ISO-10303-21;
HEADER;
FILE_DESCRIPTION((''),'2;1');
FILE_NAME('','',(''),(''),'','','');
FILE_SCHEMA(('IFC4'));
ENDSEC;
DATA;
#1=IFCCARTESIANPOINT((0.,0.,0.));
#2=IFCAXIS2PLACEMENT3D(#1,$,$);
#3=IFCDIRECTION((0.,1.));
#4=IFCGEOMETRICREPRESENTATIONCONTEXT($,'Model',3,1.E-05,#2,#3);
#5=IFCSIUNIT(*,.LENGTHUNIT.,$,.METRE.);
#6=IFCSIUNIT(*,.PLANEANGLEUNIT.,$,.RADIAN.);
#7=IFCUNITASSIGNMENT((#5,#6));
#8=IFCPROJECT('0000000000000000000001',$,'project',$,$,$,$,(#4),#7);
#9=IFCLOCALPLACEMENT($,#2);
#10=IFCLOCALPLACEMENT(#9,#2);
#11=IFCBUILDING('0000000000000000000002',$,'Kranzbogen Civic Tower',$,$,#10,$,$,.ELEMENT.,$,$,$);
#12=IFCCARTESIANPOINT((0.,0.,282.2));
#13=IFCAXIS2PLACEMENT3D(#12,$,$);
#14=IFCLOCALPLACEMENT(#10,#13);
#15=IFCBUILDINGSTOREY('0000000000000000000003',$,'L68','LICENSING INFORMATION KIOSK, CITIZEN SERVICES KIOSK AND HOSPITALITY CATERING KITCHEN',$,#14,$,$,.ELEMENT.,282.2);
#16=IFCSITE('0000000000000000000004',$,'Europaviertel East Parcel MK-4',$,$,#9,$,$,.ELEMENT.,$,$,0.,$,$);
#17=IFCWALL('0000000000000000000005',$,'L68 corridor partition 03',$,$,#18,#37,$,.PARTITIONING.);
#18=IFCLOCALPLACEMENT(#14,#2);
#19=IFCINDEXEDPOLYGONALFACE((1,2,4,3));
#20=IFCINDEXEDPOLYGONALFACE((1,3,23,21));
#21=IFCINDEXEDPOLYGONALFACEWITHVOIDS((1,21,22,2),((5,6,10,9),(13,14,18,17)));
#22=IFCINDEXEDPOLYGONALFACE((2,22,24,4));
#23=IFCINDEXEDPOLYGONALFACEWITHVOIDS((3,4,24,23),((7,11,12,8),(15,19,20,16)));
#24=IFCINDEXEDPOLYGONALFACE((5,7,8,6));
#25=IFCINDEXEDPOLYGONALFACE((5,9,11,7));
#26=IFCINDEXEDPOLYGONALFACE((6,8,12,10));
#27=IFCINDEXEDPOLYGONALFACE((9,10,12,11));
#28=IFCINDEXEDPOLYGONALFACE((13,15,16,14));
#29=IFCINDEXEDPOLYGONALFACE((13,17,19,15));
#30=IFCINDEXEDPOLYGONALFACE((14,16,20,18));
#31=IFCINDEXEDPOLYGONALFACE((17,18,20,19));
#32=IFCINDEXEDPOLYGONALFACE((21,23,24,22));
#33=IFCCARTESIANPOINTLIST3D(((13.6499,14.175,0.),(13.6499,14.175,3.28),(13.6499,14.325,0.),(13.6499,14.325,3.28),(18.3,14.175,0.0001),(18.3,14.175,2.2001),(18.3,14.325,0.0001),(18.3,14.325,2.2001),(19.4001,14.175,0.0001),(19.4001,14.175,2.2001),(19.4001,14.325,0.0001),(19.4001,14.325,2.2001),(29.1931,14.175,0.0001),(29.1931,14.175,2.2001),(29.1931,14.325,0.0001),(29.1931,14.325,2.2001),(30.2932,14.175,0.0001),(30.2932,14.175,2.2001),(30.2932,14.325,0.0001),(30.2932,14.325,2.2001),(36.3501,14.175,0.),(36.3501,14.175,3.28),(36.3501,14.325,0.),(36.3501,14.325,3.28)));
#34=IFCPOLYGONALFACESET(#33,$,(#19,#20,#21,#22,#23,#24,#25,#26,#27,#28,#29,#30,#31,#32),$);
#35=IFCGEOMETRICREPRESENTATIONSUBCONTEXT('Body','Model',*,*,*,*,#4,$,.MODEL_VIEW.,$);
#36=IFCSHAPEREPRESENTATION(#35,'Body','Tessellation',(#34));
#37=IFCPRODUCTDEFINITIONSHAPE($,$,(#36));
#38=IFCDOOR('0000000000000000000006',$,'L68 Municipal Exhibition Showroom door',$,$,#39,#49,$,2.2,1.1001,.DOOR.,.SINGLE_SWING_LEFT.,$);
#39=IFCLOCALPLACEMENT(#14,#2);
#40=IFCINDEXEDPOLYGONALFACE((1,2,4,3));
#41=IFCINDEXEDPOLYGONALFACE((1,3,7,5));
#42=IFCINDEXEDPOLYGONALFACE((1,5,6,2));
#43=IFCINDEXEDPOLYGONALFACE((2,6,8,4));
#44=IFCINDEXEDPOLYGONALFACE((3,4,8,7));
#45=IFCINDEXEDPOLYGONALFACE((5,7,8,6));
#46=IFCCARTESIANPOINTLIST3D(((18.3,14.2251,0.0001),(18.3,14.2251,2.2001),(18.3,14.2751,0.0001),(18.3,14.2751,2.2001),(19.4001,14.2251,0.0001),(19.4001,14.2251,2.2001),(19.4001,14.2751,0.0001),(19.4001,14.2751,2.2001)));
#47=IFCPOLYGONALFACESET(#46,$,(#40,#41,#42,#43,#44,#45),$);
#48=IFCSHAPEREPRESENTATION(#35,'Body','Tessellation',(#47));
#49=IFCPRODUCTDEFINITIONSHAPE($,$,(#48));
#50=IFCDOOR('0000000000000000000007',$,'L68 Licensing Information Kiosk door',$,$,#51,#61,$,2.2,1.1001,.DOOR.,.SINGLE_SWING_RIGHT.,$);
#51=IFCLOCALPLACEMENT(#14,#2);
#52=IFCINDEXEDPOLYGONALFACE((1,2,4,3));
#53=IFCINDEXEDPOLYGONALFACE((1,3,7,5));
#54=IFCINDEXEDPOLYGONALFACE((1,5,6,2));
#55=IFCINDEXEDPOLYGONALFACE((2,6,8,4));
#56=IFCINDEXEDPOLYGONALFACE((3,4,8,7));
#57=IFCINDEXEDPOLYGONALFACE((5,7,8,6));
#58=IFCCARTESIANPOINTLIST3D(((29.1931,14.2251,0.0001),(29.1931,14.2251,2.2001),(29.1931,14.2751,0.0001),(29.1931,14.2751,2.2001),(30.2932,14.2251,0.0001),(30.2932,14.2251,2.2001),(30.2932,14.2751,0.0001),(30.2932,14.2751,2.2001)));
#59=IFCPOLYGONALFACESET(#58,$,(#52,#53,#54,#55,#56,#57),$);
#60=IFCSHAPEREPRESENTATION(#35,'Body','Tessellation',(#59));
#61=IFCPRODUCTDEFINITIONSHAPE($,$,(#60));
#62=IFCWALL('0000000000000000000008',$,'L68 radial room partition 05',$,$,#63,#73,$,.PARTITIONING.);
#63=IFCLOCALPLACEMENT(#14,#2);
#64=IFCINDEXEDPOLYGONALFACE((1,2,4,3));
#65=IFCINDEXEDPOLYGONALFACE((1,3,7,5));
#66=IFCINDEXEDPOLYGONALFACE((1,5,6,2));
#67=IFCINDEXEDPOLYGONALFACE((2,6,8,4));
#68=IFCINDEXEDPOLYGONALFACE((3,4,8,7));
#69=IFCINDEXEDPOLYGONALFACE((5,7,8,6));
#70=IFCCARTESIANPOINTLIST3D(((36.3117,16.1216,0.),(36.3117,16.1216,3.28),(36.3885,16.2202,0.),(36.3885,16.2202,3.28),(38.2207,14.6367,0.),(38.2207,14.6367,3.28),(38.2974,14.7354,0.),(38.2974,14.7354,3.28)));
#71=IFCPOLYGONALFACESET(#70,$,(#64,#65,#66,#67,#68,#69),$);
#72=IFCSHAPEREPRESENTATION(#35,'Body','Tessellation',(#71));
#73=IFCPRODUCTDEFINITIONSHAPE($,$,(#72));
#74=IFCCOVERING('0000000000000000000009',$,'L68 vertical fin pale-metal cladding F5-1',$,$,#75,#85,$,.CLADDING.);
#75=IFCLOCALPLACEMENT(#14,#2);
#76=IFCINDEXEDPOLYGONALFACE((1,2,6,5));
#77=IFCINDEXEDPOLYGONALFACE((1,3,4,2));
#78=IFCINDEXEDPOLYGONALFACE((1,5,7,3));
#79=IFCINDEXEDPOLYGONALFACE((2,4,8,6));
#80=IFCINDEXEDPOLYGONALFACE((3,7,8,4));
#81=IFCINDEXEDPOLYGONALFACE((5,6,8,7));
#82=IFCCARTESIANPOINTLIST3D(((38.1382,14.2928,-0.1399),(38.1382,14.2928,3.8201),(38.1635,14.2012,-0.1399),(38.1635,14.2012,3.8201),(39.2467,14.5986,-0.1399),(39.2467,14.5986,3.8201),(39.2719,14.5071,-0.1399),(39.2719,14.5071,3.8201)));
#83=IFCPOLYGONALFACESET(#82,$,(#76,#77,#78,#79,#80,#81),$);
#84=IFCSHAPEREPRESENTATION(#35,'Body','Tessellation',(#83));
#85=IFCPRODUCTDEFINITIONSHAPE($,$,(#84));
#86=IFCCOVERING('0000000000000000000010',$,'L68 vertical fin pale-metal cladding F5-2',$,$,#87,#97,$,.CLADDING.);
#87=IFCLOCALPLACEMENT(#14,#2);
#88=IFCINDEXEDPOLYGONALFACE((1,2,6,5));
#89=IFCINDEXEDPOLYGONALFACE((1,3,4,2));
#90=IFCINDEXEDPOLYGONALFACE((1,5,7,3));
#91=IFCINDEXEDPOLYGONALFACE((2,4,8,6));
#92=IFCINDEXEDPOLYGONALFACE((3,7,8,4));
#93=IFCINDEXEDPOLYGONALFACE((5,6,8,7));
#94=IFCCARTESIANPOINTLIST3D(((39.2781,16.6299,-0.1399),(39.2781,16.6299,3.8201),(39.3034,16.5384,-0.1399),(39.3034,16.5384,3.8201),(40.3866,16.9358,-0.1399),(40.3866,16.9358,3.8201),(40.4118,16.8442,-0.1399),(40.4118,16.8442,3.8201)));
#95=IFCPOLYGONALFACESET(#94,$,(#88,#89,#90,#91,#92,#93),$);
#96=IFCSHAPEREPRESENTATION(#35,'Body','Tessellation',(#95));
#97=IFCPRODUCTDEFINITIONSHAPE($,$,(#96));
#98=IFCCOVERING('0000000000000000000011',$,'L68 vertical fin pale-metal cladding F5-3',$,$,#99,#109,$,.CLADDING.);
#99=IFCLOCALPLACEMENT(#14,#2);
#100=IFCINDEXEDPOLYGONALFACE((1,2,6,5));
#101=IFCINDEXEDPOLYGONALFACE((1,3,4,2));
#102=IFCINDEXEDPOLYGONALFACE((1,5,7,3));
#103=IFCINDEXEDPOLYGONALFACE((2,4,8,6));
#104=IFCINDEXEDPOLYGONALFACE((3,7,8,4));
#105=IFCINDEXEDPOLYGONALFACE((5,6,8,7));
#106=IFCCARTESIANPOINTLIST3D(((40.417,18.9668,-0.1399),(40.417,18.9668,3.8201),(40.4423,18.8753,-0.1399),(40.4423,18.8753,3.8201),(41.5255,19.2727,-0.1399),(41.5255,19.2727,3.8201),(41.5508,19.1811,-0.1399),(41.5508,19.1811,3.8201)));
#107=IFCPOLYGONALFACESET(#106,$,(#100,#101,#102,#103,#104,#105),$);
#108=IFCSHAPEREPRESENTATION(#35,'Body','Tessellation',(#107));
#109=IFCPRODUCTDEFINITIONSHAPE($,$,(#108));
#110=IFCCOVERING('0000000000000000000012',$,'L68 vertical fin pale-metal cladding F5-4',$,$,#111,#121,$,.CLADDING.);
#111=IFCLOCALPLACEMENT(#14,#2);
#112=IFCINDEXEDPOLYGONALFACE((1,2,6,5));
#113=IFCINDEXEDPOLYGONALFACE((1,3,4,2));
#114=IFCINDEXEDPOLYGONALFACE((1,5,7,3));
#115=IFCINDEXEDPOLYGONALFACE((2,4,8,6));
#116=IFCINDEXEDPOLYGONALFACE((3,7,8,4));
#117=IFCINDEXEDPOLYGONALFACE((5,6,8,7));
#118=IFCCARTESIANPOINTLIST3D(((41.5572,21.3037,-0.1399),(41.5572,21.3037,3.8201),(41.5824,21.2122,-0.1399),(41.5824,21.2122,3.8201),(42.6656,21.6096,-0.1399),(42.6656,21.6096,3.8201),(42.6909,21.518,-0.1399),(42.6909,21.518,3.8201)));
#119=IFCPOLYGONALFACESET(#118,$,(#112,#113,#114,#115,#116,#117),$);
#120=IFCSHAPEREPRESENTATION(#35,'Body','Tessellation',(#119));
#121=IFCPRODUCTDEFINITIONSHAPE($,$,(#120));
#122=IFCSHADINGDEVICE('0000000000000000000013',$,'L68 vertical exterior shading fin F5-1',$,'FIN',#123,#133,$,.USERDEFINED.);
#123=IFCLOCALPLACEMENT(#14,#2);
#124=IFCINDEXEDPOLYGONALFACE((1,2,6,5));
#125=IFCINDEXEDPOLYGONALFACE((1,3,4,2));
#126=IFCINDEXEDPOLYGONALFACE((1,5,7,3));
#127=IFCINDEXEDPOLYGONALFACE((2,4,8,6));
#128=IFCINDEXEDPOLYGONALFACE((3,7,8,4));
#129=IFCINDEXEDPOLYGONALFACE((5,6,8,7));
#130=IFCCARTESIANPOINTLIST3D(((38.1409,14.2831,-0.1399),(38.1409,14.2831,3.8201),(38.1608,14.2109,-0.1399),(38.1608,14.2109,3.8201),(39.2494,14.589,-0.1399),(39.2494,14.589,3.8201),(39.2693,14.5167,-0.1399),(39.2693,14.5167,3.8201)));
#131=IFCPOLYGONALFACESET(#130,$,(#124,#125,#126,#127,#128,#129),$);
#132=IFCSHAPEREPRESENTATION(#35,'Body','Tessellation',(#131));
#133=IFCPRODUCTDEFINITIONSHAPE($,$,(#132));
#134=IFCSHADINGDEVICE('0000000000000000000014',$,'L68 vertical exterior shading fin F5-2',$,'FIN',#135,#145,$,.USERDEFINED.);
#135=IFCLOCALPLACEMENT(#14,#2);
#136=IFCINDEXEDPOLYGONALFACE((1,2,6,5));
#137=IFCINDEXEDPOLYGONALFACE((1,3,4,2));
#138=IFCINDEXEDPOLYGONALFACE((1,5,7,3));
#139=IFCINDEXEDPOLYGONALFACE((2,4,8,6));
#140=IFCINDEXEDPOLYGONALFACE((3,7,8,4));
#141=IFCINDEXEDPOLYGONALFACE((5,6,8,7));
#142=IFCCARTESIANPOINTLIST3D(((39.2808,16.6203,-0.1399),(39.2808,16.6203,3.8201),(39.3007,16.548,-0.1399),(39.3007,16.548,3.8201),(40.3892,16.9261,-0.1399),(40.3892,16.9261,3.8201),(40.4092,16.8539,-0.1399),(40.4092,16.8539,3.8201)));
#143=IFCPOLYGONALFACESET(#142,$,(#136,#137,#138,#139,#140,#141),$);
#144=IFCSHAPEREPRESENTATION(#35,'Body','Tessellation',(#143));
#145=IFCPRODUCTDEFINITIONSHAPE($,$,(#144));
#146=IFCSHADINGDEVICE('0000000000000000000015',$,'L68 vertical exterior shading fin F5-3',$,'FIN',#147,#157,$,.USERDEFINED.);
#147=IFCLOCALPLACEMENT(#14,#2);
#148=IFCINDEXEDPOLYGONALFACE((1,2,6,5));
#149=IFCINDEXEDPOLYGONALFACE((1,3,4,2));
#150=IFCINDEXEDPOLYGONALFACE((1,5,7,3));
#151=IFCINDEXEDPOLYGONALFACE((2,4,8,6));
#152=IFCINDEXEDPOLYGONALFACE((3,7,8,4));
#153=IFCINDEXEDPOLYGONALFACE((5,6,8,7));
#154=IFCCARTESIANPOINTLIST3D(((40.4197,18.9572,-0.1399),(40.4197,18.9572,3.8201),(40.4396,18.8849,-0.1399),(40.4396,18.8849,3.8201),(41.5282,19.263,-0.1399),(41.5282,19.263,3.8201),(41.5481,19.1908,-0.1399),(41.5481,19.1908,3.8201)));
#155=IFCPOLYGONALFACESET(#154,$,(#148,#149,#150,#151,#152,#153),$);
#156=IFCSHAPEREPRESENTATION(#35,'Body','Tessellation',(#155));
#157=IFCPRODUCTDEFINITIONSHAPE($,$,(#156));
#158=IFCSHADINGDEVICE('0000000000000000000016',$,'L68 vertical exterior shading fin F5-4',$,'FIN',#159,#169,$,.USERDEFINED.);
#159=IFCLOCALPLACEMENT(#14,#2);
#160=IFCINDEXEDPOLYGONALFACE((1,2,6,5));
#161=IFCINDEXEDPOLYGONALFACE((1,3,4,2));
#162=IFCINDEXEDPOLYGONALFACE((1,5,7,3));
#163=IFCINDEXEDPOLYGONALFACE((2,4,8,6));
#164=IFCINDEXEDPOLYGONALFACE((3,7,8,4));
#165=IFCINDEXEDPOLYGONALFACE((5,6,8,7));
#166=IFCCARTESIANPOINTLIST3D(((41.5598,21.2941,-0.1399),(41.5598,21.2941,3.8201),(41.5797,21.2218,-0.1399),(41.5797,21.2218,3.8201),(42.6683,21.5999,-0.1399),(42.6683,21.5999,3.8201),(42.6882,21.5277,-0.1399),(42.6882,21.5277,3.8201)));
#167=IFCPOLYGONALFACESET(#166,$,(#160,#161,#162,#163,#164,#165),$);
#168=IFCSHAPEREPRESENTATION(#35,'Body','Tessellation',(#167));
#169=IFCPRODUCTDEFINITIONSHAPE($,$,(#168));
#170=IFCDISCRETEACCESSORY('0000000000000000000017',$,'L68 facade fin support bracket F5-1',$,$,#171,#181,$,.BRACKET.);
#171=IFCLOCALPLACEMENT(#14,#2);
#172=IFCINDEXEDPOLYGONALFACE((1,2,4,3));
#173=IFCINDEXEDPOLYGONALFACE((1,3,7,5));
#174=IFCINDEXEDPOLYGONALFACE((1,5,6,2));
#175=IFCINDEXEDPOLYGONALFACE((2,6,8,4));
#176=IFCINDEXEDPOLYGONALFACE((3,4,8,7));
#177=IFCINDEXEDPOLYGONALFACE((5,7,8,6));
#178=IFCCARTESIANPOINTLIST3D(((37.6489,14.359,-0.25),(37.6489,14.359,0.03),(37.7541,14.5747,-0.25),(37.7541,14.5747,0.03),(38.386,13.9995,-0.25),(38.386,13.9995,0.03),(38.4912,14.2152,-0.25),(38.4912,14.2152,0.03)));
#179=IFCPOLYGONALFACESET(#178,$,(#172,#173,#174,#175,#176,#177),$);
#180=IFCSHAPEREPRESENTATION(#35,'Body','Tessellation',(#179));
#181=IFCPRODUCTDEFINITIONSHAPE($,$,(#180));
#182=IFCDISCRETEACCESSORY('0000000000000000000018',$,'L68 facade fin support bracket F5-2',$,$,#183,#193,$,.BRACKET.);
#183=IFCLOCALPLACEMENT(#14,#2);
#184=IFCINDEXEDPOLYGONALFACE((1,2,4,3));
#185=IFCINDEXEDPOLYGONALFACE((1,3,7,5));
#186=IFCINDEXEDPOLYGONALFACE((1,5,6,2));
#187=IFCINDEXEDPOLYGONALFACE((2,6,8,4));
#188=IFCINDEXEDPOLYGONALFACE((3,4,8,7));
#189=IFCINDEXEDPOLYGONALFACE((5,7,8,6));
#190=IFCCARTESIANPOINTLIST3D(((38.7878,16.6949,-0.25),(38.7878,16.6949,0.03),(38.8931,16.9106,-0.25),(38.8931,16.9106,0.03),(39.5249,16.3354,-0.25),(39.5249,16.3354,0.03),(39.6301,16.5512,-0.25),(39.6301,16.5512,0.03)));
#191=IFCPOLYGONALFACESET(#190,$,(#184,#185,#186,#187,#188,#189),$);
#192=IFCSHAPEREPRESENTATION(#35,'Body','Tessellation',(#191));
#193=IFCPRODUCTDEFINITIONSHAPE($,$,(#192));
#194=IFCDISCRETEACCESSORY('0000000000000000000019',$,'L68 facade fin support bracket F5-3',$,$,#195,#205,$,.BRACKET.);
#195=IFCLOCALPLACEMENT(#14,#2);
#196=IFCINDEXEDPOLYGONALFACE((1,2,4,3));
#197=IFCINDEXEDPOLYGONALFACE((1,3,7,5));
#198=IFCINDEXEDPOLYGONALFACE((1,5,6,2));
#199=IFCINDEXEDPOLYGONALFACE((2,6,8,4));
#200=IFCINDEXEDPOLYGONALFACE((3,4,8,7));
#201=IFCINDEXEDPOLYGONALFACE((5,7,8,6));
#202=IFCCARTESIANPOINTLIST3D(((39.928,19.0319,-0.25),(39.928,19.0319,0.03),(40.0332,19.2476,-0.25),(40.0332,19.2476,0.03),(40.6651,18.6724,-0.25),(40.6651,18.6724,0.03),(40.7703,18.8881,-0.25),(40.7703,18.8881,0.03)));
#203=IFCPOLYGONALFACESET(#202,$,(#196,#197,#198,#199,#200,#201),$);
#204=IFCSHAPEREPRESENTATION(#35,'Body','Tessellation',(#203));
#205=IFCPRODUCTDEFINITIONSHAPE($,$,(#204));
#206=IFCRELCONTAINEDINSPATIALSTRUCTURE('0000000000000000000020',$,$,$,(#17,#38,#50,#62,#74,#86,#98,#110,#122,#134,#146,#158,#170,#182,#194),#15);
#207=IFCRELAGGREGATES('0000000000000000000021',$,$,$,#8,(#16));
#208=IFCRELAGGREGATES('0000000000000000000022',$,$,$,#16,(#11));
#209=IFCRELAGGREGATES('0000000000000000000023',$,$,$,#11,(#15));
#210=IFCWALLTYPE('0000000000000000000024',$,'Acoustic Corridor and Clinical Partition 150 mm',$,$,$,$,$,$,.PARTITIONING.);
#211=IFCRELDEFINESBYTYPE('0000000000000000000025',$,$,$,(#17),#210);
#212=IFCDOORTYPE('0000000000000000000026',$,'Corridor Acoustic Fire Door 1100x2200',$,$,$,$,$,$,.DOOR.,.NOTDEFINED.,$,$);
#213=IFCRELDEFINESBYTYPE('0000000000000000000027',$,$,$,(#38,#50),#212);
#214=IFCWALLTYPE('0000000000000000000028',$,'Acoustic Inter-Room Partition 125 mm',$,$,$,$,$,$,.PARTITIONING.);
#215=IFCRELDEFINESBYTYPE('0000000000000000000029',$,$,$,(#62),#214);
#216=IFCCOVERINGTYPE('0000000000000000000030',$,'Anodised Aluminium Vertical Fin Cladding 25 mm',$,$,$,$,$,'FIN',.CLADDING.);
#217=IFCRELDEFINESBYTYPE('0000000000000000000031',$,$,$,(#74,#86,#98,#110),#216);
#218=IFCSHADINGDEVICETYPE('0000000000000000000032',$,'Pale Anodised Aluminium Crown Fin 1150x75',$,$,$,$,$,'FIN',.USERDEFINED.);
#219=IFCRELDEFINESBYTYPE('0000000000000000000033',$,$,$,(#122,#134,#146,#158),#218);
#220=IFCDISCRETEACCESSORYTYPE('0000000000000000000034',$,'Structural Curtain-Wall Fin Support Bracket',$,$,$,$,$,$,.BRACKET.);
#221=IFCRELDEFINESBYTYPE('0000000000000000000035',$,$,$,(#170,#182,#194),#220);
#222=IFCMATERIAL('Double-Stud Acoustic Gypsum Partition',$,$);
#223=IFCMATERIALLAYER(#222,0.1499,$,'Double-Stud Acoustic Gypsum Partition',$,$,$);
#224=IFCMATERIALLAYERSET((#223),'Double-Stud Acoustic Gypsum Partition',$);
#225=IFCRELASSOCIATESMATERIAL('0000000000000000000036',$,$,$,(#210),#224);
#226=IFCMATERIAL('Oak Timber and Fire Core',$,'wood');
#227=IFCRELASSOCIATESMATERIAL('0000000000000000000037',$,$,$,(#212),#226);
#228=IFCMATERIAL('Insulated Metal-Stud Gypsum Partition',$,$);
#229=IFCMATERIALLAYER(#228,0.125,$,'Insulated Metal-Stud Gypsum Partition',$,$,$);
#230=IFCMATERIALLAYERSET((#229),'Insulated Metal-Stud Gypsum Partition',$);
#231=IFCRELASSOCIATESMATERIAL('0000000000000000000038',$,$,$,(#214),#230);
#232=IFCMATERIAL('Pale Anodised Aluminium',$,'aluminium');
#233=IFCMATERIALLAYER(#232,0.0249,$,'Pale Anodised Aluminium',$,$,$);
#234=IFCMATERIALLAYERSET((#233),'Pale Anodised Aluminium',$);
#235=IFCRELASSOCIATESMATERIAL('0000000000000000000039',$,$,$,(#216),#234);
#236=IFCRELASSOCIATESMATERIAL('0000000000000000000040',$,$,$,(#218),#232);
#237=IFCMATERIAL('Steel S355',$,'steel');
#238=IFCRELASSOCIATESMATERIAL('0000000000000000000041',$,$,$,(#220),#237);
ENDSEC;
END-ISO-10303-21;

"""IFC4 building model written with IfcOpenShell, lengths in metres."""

from ifc_helpers import new_model, si_unit, direction, frame, frame_2d, origin, origin_2d, place, context, subcontext, project, spatial, rectangle, extrude, material, layer, layer_set, type_object, element, fill, save


model = new_model("IFC4")

# Units and contexts
model_context = context("Model", 3, precision=1e-05, world=origin(), true_north=direction((0.0, 1.0)))
body_context = subcontext(model_context, "Body", "Model", "MODEL_VIEW")
ifc_project = project(units=[si_unit("LENGTHUNIT", "METRE"), si_unit("PLANEANGLEUNIT", "RADIAN")], contexts=[model_context])

# Site, building, storey
site_placement = place(None, origin())
site = spatial("IfcSite", under=ifc_project, at=site_placement, Name="Europaviertel East Parcel MK-4", CompositionType="ELEMENT", RefElevation=0.0)
building_placement = place(site_placement, origin())
building = spatial("IfcBuilding", under=site, at=building_placement, Name="Kranzbogen Civic Tower", CompositionType="ELEMENT")
storey_placement = place(building_placement, frame((0.0, 0.0, 282.2)))
storey = spatial("IfcBuildingStorey", under=building, at=storey_placement, Name="L68", Description="LICENSING INFORMATION KIOSK, CITIZEN SERVICES KIOSK AND HOSPITALITY CATERING KITCHEN", CompositionType="ELEMENT", Elevation=282.2)

# Shared definitions
ifc_material_1 = material(Name="Steel S355", Category="steel")

# Shared definitions
ifc_material_2 = material(Name="Pale Anodised Aluminium", Category="aluminium")

# Wall, openings, doors
ifc_material_3 = material(Name="Double-Stud Acoustic Gypsum Partition")
ifc_layer_1 = layer(ifc_material_3, 0.1499, Name="Double-Stud Acoustic Gypsum Partition")
ifc_layer_set_1 = layer_set([ifc_layer_1], Name="Double-Stud Acoustic Gypsum Partition")
wall_type_1 = type_object("IfcWallType", Name="Acoustic Corridor and Clinical Partition 150 mm", PredefinedType="PARTITIONING", material=ifc_layer_set_1)
wall_1_placement = place(storey_placement, frame((36.3501, 14.25, 0.0), z_axis=(0.0, 0.0, 1.0), x_axis=(-1.0, 0.0, 0.0)))
wall_1 = element("IfcWall", 1, at=wall_1_placement, inside=storey, type_object=wall_type_1, Name="L68 corridor partition 03", PredefinedType="PARTITIONING", context=body_context, shape_type="SweptSolid", body=[
    extrude(rectangle(XDim=22.7002, YDim=0.1499, at=frame_2d((11.3501, 0.0))), origin(), (0.0, 0.0, 1.0), 3.28),
])
opening_1_placement = place(wall_1_placement, frame((16.95, 0.0, 0.0)))
opening_1 = element("IfcOpeningElement", 2, at=opening_1_placement, cuts=wall_1, PredefinedType="OPENING", context=body_context, shape_type="SweptSolid", body=[
    extrude(rectangle(XDim=1.1001, YDim=2.2, at=frame_2d((0.55, 1.1001))), frame((0.0, 0.085, 0.0), z_axis=(0.0, -1.0, 0.0), x_axis=(1.0, 0.0, 0.0)), (0.0, 0.0, 1.0), 0.1699),
])
opening_2_placement = place(wall_1_placement, frame((6.0569, 0.0, 0.0)))
opening_2 = element("IfcOpeningElement", 3, at=opening_2_placement, cuts=wall_1, PredefinedType="OPENING", context=body_context, shape_type="SweptSolid", body=[
    extrude(rectangle(XDim=1.1001, YDim=2.2, at=frame_2d((0.55, 1.1001))), frame((0.0, 0.085, 0.0), z_axis=(0.0, -1.0, 0.0), x_axis=(1.0, 0.0, 0.0)), (0.0, 0.0, 1.0), 0.1699),
])
ifc_material_4 = material(Name="Oak Timber and Fire Core", Category="wood")
door_type = type_object("IfcDoorType", Name="Corridor Acoustic Fire Door 1100x2200", OperationType="NOTDEFINED", PredefinedType="DOOR", material=ifc_material_4)
door_1_placement = place(opening_1_placement, origin())
door_1 = element("IfcDoor", 4, at=door_1_placement, inside=storey, type_object=door_type, Name="L68 Municipal Exhibition Showroom door", OperationType="SINGLE_SWING_LEFT", OverallHeight=2.2, OverallWidth=1.1001, PredefinedType="DOOR", context=body_context, shape_type="SweptSolid", body=[
    extrude(rectangle(XDim=1.1001, YDim=2.2, at=frame_2d((0.55, 1.1001))), frame((0.0, 0.0249, 0.0), z_axis=(0.0, -1.0, 0.0), x_axis=(1.0, 0.0, 0.0)), (0.0, 0.0, 1.0), 0.05),
])
fill(opening_1, door_1)
door_2_placement = place(opening_2_placement, origin())
door_2 = element("IfcDoor", 5, at=door_2_placement, inside=storey, type_object=door_type, Name="L68 Licensing Information Kiosk door", OperationType="SINGLE_SWING_RIGHT", OverallHeight=2.2, OverallWidth=1.1001, PredefinedType="DOOR", context=body_context, shape_type="SweptSolid", body=[
    extrude(rectangle(XDim=1.1001, YDim=2.2, at=frame_2d((0.55, 1.1001))), frame((0.0, 0.0249, 0.0), z_axis=(0.0, -1.0, 0.0), x_axis=(1.0, 0.0, 0.0)), (0.0, 0.0, 1.0), 0.05),
])
fill(opening_2, door_2)

# Wall
ifc_material_5 = material(Name="Insulated Metal-Stud Gypsum Partition")
ifc_layer_2 = layer(ifc_material_5, 0.125, Name="Insulated Metal-Stud Gypsum Partition")
ifc_layer_set_2 = layer_set([ifc_layer_2], Name="Insulated Metal-Stud Gypsum Partition")
wall_type_2 = type_object("IfcWallType", Name="Acoustic Inter-Room Partition 125 mm", PredefinedType="PARTITIONING", material=ifc_layer_set_2)
wall_2_placement = place(storey_placement, frame((36.3501, 16.1709, 0.0), z_axis=(0.0, 0.0, 1.0), x_axis=(0.789325, -0.613976, 0.0)))
element("IfcWall", 6, at=wall_2_placement, inside=storey, type_object=wall_type_2, Name="L68 radial room partition 05", PredefinedType="PARTITIONING", context=body_context, shape_type="SweptSolid", body=[
    extrude(rectangle(XDim=2.4185, YDim=0.125, at=frame_2d((1.2092, 0.0))), origin(), (0.0, 0.0, 1.0), 3.28),
])

# Coverings
ifc_layer_3 = layer(ifc_material_2, 0.0249, Name="Pale Anodised Aluminium")
ifc_layer_set_3 = layer_set([ifc_layer_3], Name="Pale Anodised Aluminium")
covering_type = type_object("IfcCoveringType", Name="Anodised Aluminium Vertical Fin Cladding 25 mm", ElementType="FIN", PredefinedType="CLADDING", material=ifc_layer_set_3)
for number, where, z_axis, x_axis, name in (
    (7, (38.7051, 14.3999, -0.1399), (0.0, 0.0, 1.0), (0.963979, 0.265977, 0.0), "L68 vertical fin pale-metal cladding F5-1"),
    (8, (39.845, 16.7371, -0.1399), (0.0, 0.0, 1.0), (0.963979, 0.265977, 0.0), "L68 vertical fin pale-metal cladding F5-2"),
    (9, (40.9839, 19.074, -0.1399), (0.0, 0.0, 1.0), (0.963979, 0.265977, 0.0), "L68 vertical fin pale-metal cladding F5-3"),
    (10, (42.124, 21.4109, -0.1399), (0.0, 0.0, 1.0), (0.963979, 0.265977, 0.0), "L68 vertical fin pale-metal cladding F5-4"),
):
    element("IfcCovering", number, at=place(storey_placement, frame(where, z_axis=z_axis, x_axis=x_axis)), inside=storey, type_object=covering_type, Name=name, PredefinedType="CLADDING", context=body_context, shape_type="SweptSolid", body=[
        extrude(rectangle(XDim=1.1499, YDim=0.095, at=origin_2d()), origin(), (0.0, 0.0, 1.0), 3.96),
    ])

# Shading devices
shading_device_type = type_object("IfcShadingDeviceType", Name="Pale Anodised Aluminium Crown Fin 1150x75", ElementType="FIN", PredefinedType="USERDEFINED", material=ifc_material_2)
for number, where, z_axis, x_axis, name in (
    (11, (38.7051, 14.3999, -0.1399), (0.0, 0.0, 1.0), (0.963979, 0.265977, 0.0), "L68 vertical exterior shading fin F5-1"),
    (12, (39.845, 16.7371, -0.1399), (0.0, 0.0, 1.0), (0.963979, 0.265977, 0.0), "L68 vertical exterior shading fin F5-2"),
    (13, (40.9839, 19.074, -0.1399), (0.0, 0.0, 1.0), (0.963979, 0.265977, 0.0), "L68 vertical exterior shading fin F5-3"),
    (14, (42.124, 21.4109, -0.1399), (0.0, 0.0, 1.0), (0.963979, 0.265977, 0.0), "L68 vertical exterior shading fin F5-4"),
):
    element("IfcShadingDevice", number, at=place(storey_placement, frame(where, z_axis=z_axis, x_axis=x_axis)), inside=storey, type_object=shading_device_type, Name=name, ObjectType="FIN", PredefinedType="USERDEFINED", context=body_context, shape_type="SweptSolid", body=[
        extrude(rectangle(XDim=1.1499, YDim=0.075, at=origin_2d()), origin(), (0.0, 0.0, 1.0), 3.96),
    ])

# Discrete accessories
discrete_accessory_type = type_object("IfcDiscreteAccessoryType", Name="Structural Curtain-Wall Fin Support Bracket", PredefinedType="BRACKET", material=ifc_material_1)
for number, where, z_axis, x_axis, name in (
    (15, (38.0701, 14.2871, -0.25), (0.0, 0.0, 1.0), (0.898794, -0.438371, 0.0), "L68 facade fin support bracket F5-1"),
    (16, (39.209, 16.623, -0.25), (0.0, 0.0, 1.0), (0.898794, -0.438371, 0.0), "L68 facade fin support bracket F5-2"),
    (17, (40.3491, 18.96, -0.25), (0.0, 0.0, 1.0), (0.898794, -0.438371, 0.0), "L68 facade fin support bracket F5-3"),
):
    element("IfcDiscreteAccessory", number, at=place(storey_placement, frame(where, z_axis=z_axis, x_axis=x_axis)), inside=storey, type_object=discrete_accessory_type, Name=name, PredefinedType="BRACKET", context=body_context, shape_type="SweptSolid", body=[
        extrude(rectangle(XDim=0.8201, YDim=0.24, at=origin_2d()), origin(), (0.0, 0.0, 1.0), 0.28),
    ])

save(model, "model.ifc")
